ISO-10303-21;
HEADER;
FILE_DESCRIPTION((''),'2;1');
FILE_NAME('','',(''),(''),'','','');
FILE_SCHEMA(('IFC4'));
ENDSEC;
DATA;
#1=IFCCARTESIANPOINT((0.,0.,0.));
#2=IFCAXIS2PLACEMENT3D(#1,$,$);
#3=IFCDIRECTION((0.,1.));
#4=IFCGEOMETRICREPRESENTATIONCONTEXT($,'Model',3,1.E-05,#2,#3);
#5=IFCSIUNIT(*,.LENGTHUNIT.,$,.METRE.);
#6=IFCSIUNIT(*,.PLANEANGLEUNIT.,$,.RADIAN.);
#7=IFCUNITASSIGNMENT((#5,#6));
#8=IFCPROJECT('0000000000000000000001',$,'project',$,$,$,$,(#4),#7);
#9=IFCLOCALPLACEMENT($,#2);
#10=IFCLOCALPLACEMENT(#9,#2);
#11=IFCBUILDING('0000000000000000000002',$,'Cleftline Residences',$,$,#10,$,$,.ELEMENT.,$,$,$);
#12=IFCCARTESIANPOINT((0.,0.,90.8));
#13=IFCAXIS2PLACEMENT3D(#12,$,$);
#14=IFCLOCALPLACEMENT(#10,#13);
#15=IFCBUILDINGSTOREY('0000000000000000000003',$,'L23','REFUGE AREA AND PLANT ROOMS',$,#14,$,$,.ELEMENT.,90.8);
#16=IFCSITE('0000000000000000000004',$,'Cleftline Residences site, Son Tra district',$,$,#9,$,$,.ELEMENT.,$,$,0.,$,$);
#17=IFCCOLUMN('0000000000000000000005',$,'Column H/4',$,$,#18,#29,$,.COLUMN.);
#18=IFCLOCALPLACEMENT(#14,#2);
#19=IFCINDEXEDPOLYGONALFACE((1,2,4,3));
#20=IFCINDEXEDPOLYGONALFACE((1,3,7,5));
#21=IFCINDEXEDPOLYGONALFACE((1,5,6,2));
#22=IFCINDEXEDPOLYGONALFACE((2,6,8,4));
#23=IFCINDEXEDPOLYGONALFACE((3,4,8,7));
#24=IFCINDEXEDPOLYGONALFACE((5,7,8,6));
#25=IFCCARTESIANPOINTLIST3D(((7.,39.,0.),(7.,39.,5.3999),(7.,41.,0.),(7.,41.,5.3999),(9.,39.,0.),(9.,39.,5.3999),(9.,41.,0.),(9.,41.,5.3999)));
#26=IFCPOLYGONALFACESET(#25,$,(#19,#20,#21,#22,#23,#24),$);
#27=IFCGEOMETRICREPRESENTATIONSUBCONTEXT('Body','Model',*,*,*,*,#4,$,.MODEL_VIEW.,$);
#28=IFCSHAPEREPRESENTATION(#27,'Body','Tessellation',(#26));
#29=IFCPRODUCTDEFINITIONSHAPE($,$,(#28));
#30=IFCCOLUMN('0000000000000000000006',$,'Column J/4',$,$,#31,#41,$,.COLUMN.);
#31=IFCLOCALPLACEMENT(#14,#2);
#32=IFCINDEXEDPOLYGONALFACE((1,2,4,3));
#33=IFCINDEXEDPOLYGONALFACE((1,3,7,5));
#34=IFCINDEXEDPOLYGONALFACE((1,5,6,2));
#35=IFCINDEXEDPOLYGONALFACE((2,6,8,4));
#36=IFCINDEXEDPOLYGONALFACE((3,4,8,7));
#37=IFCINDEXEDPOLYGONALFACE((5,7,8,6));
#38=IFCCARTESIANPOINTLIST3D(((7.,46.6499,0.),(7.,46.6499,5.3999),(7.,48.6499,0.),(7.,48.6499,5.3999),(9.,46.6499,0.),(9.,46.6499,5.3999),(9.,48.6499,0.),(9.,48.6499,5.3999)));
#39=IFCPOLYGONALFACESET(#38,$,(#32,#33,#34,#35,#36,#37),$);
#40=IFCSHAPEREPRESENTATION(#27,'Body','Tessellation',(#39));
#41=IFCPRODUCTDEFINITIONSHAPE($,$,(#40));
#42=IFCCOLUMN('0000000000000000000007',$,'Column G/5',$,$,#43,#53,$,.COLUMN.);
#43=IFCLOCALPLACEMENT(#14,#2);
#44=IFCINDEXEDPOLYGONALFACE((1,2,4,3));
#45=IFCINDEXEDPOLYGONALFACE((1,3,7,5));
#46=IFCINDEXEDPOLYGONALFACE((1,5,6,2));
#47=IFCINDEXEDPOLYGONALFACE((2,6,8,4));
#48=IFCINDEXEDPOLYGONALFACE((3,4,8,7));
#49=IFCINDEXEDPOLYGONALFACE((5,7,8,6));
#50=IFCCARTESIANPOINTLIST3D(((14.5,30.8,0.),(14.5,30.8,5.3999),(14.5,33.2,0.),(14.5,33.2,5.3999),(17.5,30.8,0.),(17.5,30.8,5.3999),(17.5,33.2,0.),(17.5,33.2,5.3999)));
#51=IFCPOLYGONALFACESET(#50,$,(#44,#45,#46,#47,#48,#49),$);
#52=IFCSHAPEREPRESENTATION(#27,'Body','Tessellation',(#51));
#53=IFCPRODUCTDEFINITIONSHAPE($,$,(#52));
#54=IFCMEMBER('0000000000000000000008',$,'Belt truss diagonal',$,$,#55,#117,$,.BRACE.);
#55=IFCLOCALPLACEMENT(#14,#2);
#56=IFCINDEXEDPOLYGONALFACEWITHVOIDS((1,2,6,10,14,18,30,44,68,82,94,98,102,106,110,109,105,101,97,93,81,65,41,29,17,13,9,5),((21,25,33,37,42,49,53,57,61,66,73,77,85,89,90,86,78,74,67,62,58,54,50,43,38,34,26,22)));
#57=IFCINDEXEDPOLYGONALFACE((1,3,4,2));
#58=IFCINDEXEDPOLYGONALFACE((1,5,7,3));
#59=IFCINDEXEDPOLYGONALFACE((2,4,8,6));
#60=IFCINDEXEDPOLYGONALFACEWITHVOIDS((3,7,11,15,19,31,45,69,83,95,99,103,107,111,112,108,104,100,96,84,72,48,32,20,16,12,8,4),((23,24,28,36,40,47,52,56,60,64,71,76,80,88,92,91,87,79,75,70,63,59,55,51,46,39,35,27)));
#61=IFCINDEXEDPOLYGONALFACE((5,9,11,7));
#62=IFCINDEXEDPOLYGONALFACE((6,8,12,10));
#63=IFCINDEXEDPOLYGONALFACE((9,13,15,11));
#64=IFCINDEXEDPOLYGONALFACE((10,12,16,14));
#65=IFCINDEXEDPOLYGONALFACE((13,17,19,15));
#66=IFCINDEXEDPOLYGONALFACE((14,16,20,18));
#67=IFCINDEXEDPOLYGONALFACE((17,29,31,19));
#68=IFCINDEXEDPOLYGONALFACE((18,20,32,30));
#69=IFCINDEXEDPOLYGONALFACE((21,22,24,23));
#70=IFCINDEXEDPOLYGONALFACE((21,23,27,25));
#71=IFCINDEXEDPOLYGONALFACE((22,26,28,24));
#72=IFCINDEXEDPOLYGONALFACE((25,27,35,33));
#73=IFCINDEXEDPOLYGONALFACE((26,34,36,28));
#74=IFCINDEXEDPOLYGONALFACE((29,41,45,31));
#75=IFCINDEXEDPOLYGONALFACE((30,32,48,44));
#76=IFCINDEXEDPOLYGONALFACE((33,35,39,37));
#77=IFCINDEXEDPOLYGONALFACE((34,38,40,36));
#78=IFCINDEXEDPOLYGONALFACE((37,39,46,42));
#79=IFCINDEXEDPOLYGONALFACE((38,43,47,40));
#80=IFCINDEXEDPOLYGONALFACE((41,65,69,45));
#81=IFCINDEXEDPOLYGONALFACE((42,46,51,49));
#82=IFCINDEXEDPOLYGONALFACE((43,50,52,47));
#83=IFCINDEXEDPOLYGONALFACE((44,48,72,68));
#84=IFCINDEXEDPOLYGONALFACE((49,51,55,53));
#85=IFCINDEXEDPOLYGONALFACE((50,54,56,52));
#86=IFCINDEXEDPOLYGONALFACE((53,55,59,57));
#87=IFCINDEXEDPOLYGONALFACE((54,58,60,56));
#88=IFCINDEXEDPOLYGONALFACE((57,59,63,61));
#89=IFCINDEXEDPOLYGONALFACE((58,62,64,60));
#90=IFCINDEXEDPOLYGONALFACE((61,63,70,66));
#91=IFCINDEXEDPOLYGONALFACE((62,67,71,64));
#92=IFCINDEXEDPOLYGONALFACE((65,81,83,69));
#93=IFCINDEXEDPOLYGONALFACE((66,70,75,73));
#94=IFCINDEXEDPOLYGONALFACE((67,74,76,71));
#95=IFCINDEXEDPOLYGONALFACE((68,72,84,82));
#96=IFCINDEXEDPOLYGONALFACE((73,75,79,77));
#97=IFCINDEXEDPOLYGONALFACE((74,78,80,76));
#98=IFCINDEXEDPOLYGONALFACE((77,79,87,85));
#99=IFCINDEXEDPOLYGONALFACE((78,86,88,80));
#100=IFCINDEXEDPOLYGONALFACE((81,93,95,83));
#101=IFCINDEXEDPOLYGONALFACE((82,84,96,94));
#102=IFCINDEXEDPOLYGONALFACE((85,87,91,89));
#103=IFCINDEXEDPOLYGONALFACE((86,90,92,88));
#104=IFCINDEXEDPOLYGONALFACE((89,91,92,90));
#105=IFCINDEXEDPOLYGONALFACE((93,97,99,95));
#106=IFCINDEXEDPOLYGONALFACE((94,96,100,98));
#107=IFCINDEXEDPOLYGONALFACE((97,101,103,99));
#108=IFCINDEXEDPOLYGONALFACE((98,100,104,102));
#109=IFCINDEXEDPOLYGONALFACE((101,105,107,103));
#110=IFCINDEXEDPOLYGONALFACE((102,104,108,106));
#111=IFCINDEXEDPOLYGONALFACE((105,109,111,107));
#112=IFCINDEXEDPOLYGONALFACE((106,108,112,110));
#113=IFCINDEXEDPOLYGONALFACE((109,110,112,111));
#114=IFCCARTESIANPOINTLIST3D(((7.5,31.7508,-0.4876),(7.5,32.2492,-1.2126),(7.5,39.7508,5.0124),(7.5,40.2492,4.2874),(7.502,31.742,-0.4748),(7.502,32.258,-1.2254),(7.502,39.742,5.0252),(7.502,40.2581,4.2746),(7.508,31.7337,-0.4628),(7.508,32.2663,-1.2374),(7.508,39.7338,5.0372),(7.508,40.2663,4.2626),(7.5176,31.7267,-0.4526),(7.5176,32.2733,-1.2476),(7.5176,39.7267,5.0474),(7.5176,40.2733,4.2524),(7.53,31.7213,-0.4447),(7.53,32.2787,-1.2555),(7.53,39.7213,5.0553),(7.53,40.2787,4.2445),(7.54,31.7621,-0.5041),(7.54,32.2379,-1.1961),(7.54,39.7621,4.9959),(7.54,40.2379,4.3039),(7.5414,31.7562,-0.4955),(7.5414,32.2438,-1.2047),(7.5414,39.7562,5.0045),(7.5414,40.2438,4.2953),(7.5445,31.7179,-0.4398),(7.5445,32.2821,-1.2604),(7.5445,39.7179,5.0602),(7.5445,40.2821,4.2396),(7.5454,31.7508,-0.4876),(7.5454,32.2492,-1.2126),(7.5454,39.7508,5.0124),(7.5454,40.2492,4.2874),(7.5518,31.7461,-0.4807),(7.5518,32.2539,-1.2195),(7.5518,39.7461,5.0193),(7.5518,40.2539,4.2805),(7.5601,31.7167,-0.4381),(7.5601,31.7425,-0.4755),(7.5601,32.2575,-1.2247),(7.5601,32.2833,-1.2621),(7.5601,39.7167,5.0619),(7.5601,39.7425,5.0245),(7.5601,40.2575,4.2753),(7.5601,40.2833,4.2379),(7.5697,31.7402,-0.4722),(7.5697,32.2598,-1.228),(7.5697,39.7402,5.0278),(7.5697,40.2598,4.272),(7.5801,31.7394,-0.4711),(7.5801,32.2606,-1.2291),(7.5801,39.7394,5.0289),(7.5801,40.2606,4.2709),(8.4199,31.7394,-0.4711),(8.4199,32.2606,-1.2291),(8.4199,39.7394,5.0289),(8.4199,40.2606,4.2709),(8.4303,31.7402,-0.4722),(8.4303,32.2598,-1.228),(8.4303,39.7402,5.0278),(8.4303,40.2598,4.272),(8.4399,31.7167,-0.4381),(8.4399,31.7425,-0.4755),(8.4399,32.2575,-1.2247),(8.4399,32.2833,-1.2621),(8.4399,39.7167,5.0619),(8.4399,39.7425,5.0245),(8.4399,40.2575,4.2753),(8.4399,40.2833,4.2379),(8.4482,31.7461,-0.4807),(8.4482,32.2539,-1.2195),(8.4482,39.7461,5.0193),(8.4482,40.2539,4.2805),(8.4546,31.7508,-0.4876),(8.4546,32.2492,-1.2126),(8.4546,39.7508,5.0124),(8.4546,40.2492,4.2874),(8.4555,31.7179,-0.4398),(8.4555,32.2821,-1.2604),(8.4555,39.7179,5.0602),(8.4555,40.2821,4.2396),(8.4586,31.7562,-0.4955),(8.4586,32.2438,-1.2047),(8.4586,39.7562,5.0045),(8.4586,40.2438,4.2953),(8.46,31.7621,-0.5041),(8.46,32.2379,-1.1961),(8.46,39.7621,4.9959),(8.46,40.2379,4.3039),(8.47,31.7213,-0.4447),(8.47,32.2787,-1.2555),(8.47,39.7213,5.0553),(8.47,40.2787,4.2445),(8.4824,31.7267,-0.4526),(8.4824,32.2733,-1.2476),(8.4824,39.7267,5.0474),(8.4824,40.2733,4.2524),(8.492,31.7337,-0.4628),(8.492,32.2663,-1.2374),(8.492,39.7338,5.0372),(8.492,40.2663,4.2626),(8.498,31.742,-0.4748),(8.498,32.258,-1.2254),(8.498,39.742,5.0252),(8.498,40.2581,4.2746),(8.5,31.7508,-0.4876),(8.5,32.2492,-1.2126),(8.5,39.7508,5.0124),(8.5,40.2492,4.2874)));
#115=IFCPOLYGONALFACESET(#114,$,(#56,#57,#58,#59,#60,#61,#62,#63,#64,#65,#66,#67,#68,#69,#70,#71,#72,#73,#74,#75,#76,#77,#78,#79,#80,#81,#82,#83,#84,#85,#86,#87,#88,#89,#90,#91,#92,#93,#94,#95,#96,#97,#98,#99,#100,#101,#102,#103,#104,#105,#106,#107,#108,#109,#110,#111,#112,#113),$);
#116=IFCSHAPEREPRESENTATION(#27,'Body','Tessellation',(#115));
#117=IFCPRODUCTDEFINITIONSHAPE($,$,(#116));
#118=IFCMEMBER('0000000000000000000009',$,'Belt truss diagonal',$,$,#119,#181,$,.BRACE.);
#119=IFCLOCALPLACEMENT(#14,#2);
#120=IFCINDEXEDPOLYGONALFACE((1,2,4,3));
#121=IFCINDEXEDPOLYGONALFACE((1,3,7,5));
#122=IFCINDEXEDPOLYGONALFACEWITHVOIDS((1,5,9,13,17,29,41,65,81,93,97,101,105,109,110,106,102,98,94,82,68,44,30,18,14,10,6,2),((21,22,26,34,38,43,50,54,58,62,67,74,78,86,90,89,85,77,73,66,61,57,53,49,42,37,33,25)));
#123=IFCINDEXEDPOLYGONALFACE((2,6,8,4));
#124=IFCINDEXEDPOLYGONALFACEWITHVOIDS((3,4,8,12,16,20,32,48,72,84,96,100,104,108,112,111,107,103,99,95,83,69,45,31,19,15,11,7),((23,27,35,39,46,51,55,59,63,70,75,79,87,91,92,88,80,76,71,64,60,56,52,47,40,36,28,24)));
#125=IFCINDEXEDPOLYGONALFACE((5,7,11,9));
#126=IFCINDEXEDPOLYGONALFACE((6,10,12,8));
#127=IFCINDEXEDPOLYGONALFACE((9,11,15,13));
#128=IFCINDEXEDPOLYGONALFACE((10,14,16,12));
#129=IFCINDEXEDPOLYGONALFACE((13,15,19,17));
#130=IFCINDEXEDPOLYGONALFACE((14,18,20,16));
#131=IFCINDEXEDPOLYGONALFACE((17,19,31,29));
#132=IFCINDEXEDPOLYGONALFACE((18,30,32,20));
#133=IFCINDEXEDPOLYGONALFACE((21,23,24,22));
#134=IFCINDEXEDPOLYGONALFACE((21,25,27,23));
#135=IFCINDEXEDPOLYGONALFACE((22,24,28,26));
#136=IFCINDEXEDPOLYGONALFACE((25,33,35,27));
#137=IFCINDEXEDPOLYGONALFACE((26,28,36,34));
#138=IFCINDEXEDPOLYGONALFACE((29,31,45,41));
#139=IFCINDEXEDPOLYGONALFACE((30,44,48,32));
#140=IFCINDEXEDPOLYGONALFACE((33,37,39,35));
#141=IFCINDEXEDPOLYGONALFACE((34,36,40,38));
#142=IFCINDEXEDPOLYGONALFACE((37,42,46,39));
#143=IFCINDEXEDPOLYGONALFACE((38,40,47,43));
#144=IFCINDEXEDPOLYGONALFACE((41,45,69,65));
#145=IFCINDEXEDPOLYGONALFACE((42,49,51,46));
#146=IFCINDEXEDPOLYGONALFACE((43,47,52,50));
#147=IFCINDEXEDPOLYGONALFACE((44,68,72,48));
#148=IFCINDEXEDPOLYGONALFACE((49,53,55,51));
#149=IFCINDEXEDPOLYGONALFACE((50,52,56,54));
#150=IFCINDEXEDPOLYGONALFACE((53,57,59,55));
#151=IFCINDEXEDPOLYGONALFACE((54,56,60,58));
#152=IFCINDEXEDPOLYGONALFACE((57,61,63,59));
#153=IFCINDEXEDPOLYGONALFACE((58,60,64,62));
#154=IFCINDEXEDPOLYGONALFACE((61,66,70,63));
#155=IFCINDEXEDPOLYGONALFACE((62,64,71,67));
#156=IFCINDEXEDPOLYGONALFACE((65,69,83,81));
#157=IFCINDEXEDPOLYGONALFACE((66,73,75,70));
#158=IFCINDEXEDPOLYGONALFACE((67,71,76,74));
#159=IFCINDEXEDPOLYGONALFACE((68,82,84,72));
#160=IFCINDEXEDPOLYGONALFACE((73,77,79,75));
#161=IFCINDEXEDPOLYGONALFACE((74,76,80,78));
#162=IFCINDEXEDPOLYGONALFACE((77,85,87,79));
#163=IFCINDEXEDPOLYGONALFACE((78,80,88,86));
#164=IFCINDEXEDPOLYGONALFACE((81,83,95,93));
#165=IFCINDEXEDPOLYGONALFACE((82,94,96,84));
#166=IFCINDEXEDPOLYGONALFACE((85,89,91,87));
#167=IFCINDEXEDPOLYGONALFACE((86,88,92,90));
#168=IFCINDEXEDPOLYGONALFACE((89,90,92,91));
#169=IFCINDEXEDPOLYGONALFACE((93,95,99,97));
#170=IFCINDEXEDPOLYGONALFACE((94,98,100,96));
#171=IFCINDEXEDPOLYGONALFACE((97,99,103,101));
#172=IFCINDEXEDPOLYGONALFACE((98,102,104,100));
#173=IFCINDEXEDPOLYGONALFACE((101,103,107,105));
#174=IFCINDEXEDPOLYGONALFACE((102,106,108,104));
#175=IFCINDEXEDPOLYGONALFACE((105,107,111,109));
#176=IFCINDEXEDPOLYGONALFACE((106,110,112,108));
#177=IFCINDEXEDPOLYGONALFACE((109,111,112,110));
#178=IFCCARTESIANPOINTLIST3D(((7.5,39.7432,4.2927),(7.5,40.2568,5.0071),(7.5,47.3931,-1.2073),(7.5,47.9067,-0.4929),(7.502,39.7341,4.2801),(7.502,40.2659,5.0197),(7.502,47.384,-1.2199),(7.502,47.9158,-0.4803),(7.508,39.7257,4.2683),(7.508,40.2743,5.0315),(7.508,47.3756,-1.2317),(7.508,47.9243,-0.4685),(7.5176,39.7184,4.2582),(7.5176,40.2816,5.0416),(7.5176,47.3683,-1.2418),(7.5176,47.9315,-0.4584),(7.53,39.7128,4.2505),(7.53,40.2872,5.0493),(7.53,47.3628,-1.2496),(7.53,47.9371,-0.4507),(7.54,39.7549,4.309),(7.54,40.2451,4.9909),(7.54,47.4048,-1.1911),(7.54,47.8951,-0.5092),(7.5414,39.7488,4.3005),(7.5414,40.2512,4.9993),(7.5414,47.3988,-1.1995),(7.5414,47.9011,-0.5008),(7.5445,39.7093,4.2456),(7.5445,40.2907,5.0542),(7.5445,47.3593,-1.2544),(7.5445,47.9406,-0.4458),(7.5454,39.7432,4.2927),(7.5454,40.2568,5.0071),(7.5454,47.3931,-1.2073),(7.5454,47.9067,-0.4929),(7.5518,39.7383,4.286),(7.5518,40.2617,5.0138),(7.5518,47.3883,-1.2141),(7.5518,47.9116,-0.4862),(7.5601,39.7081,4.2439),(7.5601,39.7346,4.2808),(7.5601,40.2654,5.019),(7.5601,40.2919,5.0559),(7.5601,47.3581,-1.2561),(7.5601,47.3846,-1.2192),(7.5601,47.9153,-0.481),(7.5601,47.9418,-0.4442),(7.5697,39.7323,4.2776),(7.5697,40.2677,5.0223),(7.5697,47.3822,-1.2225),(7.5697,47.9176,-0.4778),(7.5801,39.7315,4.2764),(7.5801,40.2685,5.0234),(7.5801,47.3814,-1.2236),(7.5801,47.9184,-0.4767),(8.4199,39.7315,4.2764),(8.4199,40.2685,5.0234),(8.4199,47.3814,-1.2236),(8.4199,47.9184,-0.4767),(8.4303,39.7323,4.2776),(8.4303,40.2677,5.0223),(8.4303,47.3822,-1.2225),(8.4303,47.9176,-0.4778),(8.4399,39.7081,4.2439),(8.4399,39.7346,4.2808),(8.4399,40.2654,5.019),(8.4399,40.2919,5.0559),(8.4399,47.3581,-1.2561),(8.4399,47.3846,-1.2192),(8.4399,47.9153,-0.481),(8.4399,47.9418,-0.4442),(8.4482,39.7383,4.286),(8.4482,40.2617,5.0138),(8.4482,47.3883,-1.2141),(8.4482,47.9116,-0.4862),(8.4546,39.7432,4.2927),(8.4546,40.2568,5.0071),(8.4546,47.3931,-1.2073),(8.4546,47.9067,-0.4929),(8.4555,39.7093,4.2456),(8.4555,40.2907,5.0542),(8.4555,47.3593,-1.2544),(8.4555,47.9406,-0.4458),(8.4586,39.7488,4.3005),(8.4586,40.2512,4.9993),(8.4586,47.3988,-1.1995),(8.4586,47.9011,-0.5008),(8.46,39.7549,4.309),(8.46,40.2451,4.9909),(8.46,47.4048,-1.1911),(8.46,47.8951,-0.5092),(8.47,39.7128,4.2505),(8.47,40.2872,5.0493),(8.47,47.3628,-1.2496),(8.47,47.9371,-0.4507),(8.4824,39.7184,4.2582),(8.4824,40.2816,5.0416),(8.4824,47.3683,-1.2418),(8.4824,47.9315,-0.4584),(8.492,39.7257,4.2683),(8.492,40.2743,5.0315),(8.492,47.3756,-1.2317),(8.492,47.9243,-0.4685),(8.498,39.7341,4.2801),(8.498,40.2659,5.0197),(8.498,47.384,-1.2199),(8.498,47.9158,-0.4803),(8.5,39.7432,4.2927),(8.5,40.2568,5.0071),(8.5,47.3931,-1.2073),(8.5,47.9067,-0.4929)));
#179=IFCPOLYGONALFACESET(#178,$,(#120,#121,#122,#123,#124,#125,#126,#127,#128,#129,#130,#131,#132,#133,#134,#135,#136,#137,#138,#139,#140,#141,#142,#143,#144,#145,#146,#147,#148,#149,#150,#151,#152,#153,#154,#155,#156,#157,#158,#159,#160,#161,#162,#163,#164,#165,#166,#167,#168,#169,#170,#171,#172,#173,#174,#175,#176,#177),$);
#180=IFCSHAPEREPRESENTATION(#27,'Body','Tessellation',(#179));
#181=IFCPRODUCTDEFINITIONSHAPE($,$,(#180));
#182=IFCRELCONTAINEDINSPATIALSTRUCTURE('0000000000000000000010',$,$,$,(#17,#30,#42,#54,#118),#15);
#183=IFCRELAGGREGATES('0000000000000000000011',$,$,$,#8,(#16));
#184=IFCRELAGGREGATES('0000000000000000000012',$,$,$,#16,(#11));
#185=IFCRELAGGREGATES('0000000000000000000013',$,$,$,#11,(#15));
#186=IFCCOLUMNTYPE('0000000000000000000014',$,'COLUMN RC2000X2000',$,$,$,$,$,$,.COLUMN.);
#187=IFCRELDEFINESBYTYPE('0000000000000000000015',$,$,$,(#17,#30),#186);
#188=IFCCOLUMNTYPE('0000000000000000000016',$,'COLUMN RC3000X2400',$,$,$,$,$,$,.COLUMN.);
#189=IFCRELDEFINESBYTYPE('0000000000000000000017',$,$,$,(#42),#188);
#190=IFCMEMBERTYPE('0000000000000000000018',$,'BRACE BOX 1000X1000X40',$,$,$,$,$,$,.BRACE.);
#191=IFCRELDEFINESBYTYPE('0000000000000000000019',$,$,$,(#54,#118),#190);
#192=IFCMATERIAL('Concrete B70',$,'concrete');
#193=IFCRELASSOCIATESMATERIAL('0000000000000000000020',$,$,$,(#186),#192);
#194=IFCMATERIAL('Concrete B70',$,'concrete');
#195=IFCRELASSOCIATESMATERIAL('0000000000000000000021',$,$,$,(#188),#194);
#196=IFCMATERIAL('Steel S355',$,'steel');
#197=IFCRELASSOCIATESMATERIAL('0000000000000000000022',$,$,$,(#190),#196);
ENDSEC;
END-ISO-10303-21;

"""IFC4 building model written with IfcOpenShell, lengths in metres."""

from ifc_helpers import new_model, si_unit, direction, frame, origin, origin_2d, place, context, subcontext, project, spatial, rectangle, hollow_rectangle, extrude, material, material_profile, profile_set, type_object, element, save


model = new_model("IFC4")

# Units and contexts
model_context = context("Model", 3, precision=1e-05, world=origin(), true_north=direction((0.0, 1.0)))
body_context = subcontext(model_context, "Body", "Model", "MODEL_VIEW")
ifc_project = project(units=[si_unit("LENGTHUNIT", "METRE"), si_unit("PLANEANGLEUNIT", "RADIAN")], contexts=[model_context])

# Site, building, storey
site_placement = place(None, origin())
site = spatial("IfcSite", under=ifc_project, at=site_placement, Name="Cleftline Residences site, Son Tra district", CompositionType="ELEMENT", RefElevation=0.0)
building_placement = place(site_placement, origin())
building = spatial("IfcBuilding", under=site, at=building_placement, Name="Cleftline Residences", CompositionType="ELEMENT")
storey_placement = place(building_placement, frame((0.0, 0.0, 90.8)))
storey = spatial("IfcBuildingStorey", under=building, at=storey_placement, Name="L23", Description="REFUGE AREA AND PLANT ROOMS", CompositionType="ELEMENT", Elevation=90.8)

# Columns
ifc_material_1 = material(Name="Concrete B70", Category="concrete")
ifc_material_profile_1 = material_profile(ifc_material_1, rectangle(XDim=2.0, YDim=2.0, at=origin_2d()))
ifc_profile_set_1 = profile_set([ifc_material_profile_1], Name="Concrete B70")
column_type_1 = type_object("IfcColumnType", Name="COLUMN RC2000X2000", PredefinedType="COLUMN", material=ifc_profile_set_1)
for number, where, z_axis, x_axis, name in (
    (1, (8.0, 40.0, 0.0), (0.0, 0.0, 1.0), (1.0, 0.0, 0.0), "Column H/4"),
    (2, (8.0, 47.6499, 0.0), (0.0, 0.0, 1.0), (1.0, 0.0, 0.0), "Column J/4"),
):
    element("IfcColumn", number, at=place(storey_placement, frame(where, z_axis=z_axis, x_axis=x_axis)), inside=storey, type_object=column_type_1, Name=name, PredefinedType="COLUMN", context=body_context, shape_type="SweptSolid", body=[
        extrude(rectangle(XDim=2.0, YDim=2.0, at=origin_2d()), origin(), (0.0, 0.0, 1.0), 5.3999),
    ])
ifc_material_2 = material(Name="Concrete B70", Category="concrete")
ifc_material_profile_2 = material_profile(ifc_material_2, rectangle(XDim=3.0, YDim=2.3999, at=origin_2d()))
ifc_profile_set_2 = profile_set([ifc_material_profile_2], Name="Concrete B70")
column_type_2 = type_object("IfcColumnType", Name="COLUMN RC3000X2400", PredefinedType="COLUMN", material=ifc_profile_set_2)
column_placement = place(storey_placement, frame((16.0, 32.0, 0.0), z_axis=(0.0, 0.0, 1.0), x_axis=(1.0, 0.0, 0.0)))
element("IfcColumn", 3, at=column_placement, inside=storey, type_object=column_type_2, Name="Column G/5", PredefinedType="COLUMN", context=body_context, shape_type="SweptSolid", body=[
    extrude(rectangle(XDim=3.0, YDim=2.3999, at=origin_2d()), origin(), (0.0, 0.0, 1.0), 5.3999),
])

# Members
ifc_material_3 = material(Name="Steel S355", Category="steel")
ifc_material_profile_3 = material_profile(ifc_material_3, hollow_rectangle(XDim=1.0, YDim=1.0, WallThickness=0.04, InnerFilletRadius=0.04, OuterFilletRadius=0.0601, at=origin_2d()))
ifc_profile_set_3 = profile_set([ifc_material_profile_3], Name="Steel S355")
member_type_1 = type_object("IfcMemberType", Name="BRACE BOX 1000X1000X40", PredefinedType="BRACE", material=ifc_profile_set_3)
member_1_placement = place(storey_placement, frame((8.0, 32.0, -0.8501), z_axis=(0.0, 0.824042, 0.566529), x_axis=(0.0, -0.566529, 0.824042)))
element("IfcMember", 4, at=member_1_placement, inside=storey, type_object=member_type_1, Name="Belt truss diagonal", PredefinedType="BRACE", context=body_context, shape_type="SweptSolid", body=[
    extrude(hollow_rectangle(XDim=1.0, YDim=1.0, WallThickness=0.04, InnerFilletRadius=0.04, OuterFilletRadius=0.0601, at=origin_2d()), origin(), (0.0, 0.0, 1.0), 9.7083),
])
member_2_placement = place(storey_placement, frame((8.0, 40.0, 4.6499), z_axis=(0.0, 0.811933, -0.58375), x_axis=(0.0, 0.58375, 0.811933)))
element("IfcMember", 5, at=member_2_placement, inside=storey, type_object=member_type_1, Name="Belt truss diagonal", PredefinedType="BRACE", context=body_context, shape_type="SweptSolid", body=[
    extrude(hollow_rectangle(XDim=1.0, YDim=1.0, WallThickness=0.04, InnerFilletRadius=0.04, OuterFilletRadius=0.0601, at=origin_2d()), origin(), (0.0, 0.0, 1.0), 9.4219),
])

save(model, "model.ifc")
